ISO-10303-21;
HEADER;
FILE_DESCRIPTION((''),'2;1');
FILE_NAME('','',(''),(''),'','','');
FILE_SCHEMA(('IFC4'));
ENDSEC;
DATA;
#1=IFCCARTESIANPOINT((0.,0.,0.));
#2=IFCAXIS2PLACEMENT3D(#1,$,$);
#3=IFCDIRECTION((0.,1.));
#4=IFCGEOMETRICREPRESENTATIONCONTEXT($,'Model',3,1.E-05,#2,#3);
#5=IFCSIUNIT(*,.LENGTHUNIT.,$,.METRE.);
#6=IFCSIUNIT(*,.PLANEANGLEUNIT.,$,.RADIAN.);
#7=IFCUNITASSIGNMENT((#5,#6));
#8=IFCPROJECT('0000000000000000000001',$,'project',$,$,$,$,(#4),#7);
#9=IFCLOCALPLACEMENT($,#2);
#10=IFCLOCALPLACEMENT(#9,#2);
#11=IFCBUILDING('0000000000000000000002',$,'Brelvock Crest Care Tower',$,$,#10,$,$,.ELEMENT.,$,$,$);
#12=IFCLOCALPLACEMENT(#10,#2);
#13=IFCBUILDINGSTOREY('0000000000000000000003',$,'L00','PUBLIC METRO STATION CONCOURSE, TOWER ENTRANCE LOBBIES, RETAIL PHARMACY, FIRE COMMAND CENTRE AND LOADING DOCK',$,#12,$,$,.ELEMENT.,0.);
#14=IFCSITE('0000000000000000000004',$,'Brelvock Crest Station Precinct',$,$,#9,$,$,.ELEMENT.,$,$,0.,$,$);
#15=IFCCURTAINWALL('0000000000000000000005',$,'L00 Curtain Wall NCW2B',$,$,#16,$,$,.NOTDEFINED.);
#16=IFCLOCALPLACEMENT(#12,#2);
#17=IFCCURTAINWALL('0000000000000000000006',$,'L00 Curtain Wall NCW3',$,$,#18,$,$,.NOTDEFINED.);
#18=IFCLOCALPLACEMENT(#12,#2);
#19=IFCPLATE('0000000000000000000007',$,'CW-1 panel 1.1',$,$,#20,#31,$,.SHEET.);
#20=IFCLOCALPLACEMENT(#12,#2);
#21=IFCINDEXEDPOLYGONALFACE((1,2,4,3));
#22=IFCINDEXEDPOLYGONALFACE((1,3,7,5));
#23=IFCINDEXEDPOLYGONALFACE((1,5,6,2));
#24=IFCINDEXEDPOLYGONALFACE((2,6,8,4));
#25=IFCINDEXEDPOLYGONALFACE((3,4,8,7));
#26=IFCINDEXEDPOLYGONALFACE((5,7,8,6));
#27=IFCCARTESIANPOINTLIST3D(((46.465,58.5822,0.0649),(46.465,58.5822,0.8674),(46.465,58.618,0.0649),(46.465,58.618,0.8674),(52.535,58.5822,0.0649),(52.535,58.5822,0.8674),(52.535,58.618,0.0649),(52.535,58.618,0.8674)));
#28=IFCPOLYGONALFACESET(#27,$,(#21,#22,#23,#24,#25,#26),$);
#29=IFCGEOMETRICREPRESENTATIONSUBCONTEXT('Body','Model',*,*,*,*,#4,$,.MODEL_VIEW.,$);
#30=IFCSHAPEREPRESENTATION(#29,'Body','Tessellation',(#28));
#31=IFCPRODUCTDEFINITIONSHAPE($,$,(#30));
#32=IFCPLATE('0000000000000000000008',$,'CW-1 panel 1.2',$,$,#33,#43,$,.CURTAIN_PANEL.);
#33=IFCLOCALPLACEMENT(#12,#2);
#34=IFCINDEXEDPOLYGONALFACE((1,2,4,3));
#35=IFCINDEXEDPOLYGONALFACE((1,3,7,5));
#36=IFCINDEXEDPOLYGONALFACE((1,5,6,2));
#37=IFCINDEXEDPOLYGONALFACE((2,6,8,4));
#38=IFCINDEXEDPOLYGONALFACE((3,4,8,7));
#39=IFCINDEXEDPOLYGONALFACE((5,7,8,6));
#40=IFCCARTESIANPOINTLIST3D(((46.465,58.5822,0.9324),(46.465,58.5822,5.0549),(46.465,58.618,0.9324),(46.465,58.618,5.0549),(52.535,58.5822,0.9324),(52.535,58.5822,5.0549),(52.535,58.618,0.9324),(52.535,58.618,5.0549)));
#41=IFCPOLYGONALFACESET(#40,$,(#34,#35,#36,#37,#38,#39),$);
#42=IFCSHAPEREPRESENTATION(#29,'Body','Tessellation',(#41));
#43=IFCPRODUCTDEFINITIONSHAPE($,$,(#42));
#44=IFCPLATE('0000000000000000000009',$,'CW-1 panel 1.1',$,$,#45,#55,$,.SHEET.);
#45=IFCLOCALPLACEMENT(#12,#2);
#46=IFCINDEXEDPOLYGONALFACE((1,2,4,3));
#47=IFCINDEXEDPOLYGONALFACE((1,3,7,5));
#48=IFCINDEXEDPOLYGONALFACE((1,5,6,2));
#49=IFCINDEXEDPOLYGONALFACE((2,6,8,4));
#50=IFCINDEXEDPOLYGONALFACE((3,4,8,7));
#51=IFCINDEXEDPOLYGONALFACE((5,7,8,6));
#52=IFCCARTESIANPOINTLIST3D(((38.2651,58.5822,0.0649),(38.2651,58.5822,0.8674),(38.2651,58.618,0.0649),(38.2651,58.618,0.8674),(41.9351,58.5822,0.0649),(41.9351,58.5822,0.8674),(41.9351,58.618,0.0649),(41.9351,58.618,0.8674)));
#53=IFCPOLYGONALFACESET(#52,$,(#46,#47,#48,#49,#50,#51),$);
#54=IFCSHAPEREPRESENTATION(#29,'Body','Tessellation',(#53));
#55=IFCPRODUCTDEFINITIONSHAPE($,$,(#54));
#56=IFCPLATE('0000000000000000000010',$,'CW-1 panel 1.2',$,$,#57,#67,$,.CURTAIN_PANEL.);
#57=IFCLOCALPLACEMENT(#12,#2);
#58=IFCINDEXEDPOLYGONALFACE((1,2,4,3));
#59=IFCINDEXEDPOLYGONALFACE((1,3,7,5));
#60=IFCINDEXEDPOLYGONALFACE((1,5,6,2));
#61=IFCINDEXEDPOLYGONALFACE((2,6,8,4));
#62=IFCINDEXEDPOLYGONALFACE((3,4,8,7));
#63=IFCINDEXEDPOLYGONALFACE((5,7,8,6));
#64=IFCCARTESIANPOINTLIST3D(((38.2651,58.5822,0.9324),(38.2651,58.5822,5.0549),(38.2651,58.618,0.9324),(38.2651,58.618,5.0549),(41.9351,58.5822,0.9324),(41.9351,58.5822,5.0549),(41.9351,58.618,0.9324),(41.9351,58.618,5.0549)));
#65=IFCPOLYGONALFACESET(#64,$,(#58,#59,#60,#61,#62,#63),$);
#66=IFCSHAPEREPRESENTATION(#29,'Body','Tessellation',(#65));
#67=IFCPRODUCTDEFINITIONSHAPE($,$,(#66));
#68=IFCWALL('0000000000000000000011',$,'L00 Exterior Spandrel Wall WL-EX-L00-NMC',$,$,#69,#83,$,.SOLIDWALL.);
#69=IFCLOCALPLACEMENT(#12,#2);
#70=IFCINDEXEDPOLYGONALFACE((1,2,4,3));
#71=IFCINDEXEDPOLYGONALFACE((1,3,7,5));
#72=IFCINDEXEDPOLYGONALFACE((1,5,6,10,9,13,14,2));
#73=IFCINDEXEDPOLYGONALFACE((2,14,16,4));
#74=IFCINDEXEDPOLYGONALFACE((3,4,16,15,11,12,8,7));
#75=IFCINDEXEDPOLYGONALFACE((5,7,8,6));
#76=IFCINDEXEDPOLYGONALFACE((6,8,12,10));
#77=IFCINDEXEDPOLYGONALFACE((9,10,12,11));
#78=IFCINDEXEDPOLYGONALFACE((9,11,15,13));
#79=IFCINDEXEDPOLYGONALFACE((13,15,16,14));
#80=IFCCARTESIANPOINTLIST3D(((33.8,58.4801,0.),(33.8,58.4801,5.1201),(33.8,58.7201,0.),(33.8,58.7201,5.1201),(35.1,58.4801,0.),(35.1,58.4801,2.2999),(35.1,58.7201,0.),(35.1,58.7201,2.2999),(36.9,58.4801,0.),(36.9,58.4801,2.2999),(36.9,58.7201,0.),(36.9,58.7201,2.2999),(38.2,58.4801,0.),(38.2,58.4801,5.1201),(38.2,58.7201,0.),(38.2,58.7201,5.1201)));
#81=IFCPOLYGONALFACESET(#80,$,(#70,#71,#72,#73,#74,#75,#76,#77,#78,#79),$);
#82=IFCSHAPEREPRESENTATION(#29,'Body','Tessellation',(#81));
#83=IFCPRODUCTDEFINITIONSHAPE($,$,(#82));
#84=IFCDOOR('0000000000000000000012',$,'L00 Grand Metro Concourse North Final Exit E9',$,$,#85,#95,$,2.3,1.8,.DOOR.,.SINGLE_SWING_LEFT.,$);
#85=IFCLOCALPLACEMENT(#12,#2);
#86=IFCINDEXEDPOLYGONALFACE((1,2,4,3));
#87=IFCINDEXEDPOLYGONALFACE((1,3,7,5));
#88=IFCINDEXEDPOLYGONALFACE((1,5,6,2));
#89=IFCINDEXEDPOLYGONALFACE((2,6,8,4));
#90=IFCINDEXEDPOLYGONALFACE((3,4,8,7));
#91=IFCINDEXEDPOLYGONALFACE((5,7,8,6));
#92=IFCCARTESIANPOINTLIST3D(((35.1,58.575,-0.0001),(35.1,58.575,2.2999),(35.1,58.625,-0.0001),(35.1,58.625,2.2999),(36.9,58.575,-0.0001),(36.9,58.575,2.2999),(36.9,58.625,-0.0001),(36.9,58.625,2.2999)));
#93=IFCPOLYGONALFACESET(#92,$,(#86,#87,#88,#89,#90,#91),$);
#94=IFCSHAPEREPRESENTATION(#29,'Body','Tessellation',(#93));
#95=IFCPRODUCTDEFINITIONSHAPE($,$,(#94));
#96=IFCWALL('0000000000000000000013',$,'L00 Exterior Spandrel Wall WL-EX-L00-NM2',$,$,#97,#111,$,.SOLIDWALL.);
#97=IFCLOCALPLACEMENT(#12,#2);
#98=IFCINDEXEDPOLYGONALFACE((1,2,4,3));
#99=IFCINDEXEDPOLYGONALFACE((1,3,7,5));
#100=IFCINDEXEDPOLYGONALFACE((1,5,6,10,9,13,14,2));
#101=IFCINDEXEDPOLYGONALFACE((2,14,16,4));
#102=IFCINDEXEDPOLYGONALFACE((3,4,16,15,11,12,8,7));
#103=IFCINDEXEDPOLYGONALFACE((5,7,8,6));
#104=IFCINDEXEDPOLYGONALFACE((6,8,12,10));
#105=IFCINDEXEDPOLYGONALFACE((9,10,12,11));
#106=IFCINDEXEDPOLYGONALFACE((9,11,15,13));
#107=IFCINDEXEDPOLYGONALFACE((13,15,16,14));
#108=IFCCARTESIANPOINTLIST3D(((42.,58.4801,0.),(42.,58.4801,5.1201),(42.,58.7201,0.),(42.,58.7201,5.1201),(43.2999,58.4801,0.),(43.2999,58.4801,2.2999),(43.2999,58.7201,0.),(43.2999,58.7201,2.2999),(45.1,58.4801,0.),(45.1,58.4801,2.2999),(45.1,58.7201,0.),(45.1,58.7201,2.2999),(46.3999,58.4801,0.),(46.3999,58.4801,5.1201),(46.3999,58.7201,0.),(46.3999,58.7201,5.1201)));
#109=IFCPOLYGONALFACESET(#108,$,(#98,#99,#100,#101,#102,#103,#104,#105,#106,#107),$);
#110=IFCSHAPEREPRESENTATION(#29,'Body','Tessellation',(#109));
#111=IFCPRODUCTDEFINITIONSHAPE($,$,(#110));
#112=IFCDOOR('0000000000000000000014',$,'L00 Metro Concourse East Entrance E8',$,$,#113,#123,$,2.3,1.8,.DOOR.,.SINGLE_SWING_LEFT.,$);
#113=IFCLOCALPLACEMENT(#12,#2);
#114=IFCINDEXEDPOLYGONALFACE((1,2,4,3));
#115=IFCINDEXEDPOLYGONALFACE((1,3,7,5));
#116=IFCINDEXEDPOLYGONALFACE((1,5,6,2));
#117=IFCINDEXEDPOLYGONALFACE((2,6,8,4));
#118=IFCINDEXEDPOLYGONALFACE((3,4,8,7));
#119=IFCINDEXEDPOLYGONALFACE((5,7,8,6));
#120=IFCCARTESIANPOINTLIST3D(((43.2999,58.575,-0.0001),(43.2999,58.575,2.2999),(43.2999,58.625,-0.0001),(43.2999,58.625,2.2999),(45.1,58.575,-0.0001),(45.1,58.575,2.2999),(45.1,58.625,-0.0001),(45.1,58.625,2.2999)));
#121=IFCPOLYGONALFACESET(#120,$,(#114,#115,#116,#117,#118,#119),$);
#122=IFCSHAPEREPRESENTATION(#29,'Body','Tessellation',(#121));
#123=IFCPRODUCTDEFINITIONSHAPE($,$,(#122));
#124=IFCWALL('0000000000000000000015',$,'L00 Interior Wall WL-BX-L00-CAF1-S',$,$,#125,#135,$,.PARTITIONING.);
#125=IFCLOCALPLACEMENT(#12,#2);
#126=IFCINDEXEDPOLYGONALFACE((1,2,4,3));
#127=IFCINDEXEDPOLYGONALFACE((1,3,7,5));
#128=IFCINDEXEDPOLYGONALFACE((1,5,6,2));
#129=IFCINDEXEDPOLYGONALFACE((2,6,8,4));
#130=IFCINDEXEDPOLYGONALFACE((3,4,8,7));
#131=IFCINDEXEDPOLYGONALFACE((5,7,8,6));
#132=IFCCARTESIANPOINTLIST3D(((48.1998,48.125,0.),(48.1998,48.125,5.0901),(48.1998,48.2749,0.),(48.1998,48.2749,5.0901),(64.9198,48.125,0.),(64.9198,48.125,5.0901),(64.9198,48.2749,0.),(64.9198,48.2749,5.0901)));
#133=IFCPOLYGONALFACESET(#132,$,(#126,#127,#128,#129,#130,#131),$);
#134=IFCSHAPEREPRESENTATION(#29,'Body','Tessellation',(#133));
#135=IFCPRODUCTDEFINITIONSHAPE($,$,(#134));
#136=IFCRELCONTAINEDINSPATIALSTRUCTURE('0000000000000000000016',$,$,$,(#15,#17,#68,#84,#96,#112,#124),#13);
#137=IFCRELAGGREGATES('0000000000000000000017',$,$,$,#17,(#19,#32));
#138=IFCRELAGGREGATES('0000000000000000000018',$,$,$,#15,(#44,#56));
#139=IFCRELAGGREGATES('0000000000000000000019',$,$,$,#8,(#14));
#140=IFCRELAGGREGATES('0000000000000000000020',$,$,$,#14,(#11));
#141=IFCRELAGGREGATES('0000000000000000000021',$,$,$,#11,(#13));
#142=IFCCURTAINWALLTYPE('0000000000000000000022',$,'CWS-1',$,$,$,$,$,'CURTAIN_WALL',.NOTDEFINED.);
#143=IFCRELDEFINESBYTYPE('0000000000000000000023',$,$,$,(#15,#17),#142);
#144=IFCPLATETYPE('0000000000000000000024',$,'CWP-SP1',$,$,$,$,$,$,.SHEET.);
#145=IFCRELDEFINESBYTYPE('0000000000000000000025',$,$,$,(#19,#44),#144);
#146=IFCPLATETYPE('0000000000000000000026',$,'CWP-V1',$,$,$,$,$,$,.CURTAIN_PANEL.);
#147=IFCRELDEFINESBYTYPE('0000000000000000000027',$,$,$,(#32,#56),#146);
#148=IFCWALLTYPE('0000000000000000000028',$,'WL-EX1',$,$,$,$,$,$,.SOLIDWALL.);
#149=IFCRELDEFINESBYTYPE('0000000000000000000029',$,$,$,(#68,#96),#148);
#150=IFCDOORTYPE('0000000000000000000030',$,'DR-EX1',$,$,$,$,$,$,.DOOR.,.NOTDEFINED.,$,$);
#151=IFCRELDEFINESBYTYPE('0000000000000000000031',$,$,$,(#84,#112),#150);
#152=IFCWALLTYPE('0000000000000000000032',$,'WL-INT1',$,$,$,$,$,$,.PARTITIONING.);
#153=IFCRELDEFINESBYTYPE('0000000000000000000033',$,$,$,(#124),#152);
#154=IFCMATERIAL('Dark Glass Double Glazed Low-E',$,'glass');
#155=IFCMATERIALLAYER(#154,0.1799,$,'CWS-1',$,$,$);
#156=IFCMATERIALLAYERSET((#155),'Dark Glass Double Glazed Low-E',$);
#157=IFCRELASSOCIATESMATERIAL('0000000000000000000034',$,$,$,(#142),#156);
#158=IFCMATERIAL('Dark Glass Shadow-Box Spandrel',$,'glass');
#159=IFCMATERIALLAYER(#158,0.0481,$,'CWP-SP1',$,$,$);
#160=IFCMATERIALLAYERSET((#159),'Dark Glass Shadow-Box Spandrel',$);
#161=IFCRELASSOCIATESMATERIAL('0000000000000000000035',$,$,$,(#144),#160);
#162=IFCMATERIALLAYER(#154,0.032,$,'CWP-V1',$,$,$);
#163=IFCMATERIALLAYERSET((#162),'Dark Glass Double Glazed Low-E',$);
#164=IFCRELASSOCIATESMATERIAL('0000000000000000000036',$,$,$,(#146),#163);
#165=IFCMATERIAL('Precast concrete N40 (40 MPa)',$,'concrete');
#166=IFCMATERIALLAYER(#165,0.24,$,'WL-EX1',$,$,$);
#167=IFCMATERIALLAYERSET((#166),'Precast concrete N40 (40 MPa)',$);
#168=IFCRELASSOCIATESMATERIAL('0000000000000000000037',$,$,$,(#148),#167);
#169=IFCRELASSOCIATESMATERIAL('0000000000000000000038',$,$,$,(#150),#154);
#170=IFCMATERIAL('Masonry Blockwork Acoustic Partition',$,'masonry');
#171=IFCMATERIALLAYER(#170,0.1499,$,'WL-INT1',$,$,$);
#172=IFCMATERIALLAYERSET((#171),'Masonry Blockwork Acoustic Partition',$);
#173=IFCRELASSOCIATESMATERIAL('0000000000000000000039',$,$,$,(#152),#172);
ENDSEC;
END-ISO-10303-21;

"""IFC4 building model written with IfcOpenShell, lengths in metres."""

from ifc_helpers import new_model, si_unit, direction, frame, frame_2d, origin, origin_2d, place, context, subcontext, project, spatial, rectangle, extrude, source, transform, mapped, material, layer, layer_set, type_object, element, fill, aggregate, save


model = new_model("IFC4")

# Units and contexts
model_context = context("Model", 3, precision=1e-05, world=origin(), true_north=direction((0.0, 1.0)))
body_context = subcontext(model_context, "Body", "Model", "MODEL_VIEW")
ifc_project = project(units=[si_unit("LENGTHUNIT", "METRE"), si_unit("PLANEANGLEUNIT", "RADIAN")], contexts=[model_context])

# Site, building, storey
site_placement = place(None, origin())
site = spatial("IfcSite", under=ifc_project, at=site_placement, Name="Brelvock Crest Station Precinct", CompositionType="ELEMENT", RefElevation=0.0)
building_placement = place(site_placement, origin())
building = spatial("IfcBuilding", under=site, at=building_placement, Name="Brelvock Crest Care Tower", CompositionType="ELEMENT")
storey_placement = place(building_placement, origin())
storey = spatial("IfcBuildingStorey", under=building, at=storey_placement, Name="L00", Description="PUBLIC METRO STATION CONCOURSE, TOWER ENTRANCE LOBBIES, RETAIL PHARMACY, FIRE COMMAND CENTRE AND LOADING DOCK", CompositionType="ELEMENT", Elevation=0.0)

# Shared definitions
ifc_material_1 = material(Name="Dark Glass Double Glazed Low-E", Category="glass")
ifc_layer_1 = layer(ifc_material_1, 0.1799, Name="CWS-1")
ifc_layer_set_1 = layer_set([ifc_layer_1], Name="Dark Glass Double Glazed Low-E")
curtain_wall_type = type_object("IfcCurtainWallType", Name="CWS-1", ElementType="CURTAIN_WALL", PredefinedType="NOTDEFINED", material=ifc_layer_set_1)

# Curtain walls
curtain_wall_1_placement = place(storey_placement, origin())
curtain_wall_1 = element("IfcCurtainWall", 1, at=curtain_wall_1_placement, inside=storey, type_object=curtain_wall_type, Name="L00 Curtain Wall NCW2B", PredefinedType="NOTDEFINED")
curtain_wall_2_placement = place(storey_placement, origin())
curtain_wall_2 = element("IfcCurtainWall", 2, at=curtain_wall_2_placement, inside=storey, type_object=curtain_wall_type, Name="L00 Curtain Wall NCW3", PredefinedType="NOTDEFINED")

# Plates
ifc_material_2 = material(Name="Dark Glass Shadow-Box Spandrel", Category="glass")
ifc_layer_2 = layer(ifc_material_2, 0.0481, Name="CWP-SP1")
ifc_layer_set_2 = layer_set([ifc_layer_2], Name="Dark Glass Shadow-Box Spandrel")
plate_type_1 = type_object("IfcPlateType", Name="CWP-SP1", PredefinedType="SHEET", material=ifc_layer_set_2)
shared_shape_1 = source(origin(), body_context, "Body", "SweptSolid", [
    extrude(rectangle(XDim=6.0701, YDim=0.0359, at=origin_2d()), origin(), (0.0, 0.0, 1.0), 0.8025),
])
plate_1_placement = place(storey_placement, frame((49.5, 58.6001, 0.0649), z_axis=(0.0, 0.0, 1.0), x_axis=(1.0, 0.0, 0.0)))
plate_1 = element("IfcPlate", 3, at=plate_1_placement, type_object=plate_type_1, Name="CW-1 panel 1.1", PredefinedType="SHEET", context=body_context, shape_type="MappedRepresentation", body=[
    mapped(shared_shape_1, transform((0.0, 0.0, 0.0), x_axis=(1.0, 0.0, 0.0), y_axis=(0.0, 1.0, 0.0), z_axis=(0.0, 0.0, 1.0), scale=1.0)),
])
ifc_layer_3 = layer(ifc_material_1, 0.032, Name="CWP-V1")
ifc_layer_set_3 = layer_set([ifc_layer_3], Name="Dark Glass Double Glazed Low-E")
plate_type_2 = type_object("IfcPlateType", Name="CWP-V1", PredefinedType="CURTAIN_PANEL", material=ifc_layer_set_3)
shared_shape_2 = source(origin(), body_context, "Body", "SweptSolid", [
    extrude(rectangle(XDim=6.0701, YDim=0.0359, at=origin_2d()), origin(), (0.0, 0.0, 1.0), 4.1226),
])
plate_2_placement = place(storey_placement, frame((49.5, 58.6001, 0.9324), z_axis=(0.0, 0.0, 1.0), x_axis=(1.0, 0.0, 0.0)))
plate_2 = element("IfcPlate", 4, at=plate_2_placement, type_object=plate_type_2, Name="CW-1 panel 1.2", PredefinedType="CURTAIN_PANEL", context=body_context, shape_type="MappedRepresentation", body=[
    mapped(shared_shape_2, transform((0.0, 0.0, 0.0), x_axis=(1.0, 0.0, 0.0), y_axis=(0.0, 1.0, 0.0), z_axis=(0.0, 0.0, 1.0), scale=1.0)),
])
aggregate(curtain_wall_2, [plate_1, plate_2])
shared_shape_3 = source(origin(), body_context, "Body", "SweptSolid", [
    extrude(rectangle(XDim=3.6699, YDim=0.0359, at=origin_2d()), origin(), (0.0, 0.0, 1.0), 0.8025),
])
plate_3_placement = place(storey_placement, frame((40.1001, 58.6001, 0.0649), z_axis=(0.0, 0.0, 1.0), x_axis=(1.0, 0.0, 0.0)))
plate_3 = element("IfcPlate", 5, at=plate_3_placement, type_object=plate_type_1, Name="CW-1 panel 1.1", PredefinedType="SHEET", context=body_context, shape_type="MappedRepresentation", body=[
    mapped(shared_shape_3, transform((0.0, 0.0, 0.0), x_axis=(1.0, 0.0, 0.0), y_axis=(0.0, 1.0, 0.0), z_axis=(0.0, 0.0, 1.0), scale=1.0)),
])
shared_shape_4 = source(origin(), body_context, "Body", "SweptSolid", [
    extrude(rectangle(XDim=3.6699, YDim=0.0359, at=origin_2d()), origin(), (0.0, 0.0, 1.0), 4.1226),
])
plate_4_placement = place(storey_placement, frame((40.1001, 58.6001, 0.9324), z_axis=(0.0, 0.0, 1.0), x_axis=(1.0, 0.0, 0.0)))
plate_4 = element("IfcPlate", 6, at=plate_4_placement, type_object=plate_type_2, Name="CW-1 panel 1.2", PredefinedType="CURTAIN_PANEL", context=body_context, shape_type="MappedRepresentation", body=[
    mapped(shared_shape_4, transform((0.0, 0.0, 0.0), x_axis=(1.0, 0.0, 0.0), y_axis=(0.0, 1.0, 0.0), z_axis=(0.0, 0.0, 1.0), scale=1.0)),
])
aggregate(curtain_wall_1, [plate_3, plate_4])

# Walls, openings, doors
ifc_material_3 = material(Name="Precast concrete N40 (40 MPa)", Category="concrete")
ifc_layer_4 = layer(ifc_material_3, 0.24, Name="WL-EX1")
ifc_layer_set_4 = layer_set([ifc_layer_4], Name="Precast concrete N40 (40 MPa)")
wall_type_1 = type_object("IfcWallType", Name="WL-EX1", PredefinedType="SOLIDWALL", material=ifc_layer_set_4)
wall_1_placement = place(storey_placement, frame((33.8, 58.6001, 0.0), z_axis=(0.0, 0.0, 1.0), x_axis=(1.0, 0.0, 0.0)))
wall_1 = element("IfcWall", 7, at=wall_1_placement, inside=storey, type_object=wall_type_1, Name="L00 Exterior Spandrel Wall WL-EX-L00-NMC", PredefinedType="SOLIDWALL", context=body_context, shape_type="SweptSolid", body=[
    extrude(rectangle(XDim=4.3999, YDim=0.24, at=frame_2d((2.2, 0.0))), origin(), (0.0, 0.0, 1.0), 5.1201),
])
opening_1_placement = place(wall_1_placement, frame((1.3, 0.0, 0.0)))
opening_1 = element("IfcOpeningElement", 8, at=opening_1_placement, cuts=wall_1, PredefinedType="OPENING", context=body_context, shape_type="SweptSolid", body=[
    extrude(rectangle(XDim=1.8, YDim=2.3, at=origin_2d()), frame((0.8999, 0.1299, 1.1499), z_axis=(0.0, -1.0, 0.0), x_axis=(1.0, 0.0, 0.0)), (0.0, 0.0, 1.0), 0.26),
])
door_type = type_object("IfcDoorType", Name="DR-EX1", OperationType="NOTDEFINED", PredefinedType="DOOR", material=ifc_material_1)
shared_shape_5 = source(origin(), body_context, "Body", "SweptSolid", [
    extrude(rectangle(XDim=1.8, YDim=2.3, at=origin_2d()), frame((0.8999, 0.0249, 1.1499), z_axis=(0.0, -1.0, 0.0), x_axis=(1.0, 0.0, 0.0)), (0.0, 0.0, 1.0), 0.05),
])
door_1_placement = place(opening_1_placement, origin())
door_1 = element("IfcDoor", 9, at=door_1_placement, inside=storey, type_object=door_type, Name="L00 Grand Metro Concourse North Final Exit E9", OperationType="SINGLE_SWING_LEFT", OverallHeight=2.3, OverallWidth=1.8, PredefinedType="DOOR", context=body_context, shape_type="MappedRepresentation", body=[
    mapped(shared_shape_5, transform((0.0, 0.0, 0.0), x_axis=(1.0, 0.0, 0.0), y_axis=(0.0, 1.0, 0.0), z_axis=(0.0, 0.0, 1.0), scale=1.0)),
])
fill(opening_1, door_1)
wall_2_placement = place(storey_placement, frame((42.0, 58.6001, 0.0), z_axis=(0.0, 0.0, 1.0), x_axis=(1.0, 0.0, 0.0)))
wall_2 = element("IfcWall", 10, at=wall_2_placement, inside=storey, type_object=wall_type_1, Name="L00 Exterior Spandrel Wall WL-EX-L00-NM2", PredefinedType="SOLIDWALL", context=body_context, shape_type="SweptSolid", body=[
    extrude(rectangle(XDim=4.3999, YDim=0.24, at=frame_2d((2.2, 0.0))), origin(), (0.0, 0.0, 1.0), 5.1201),
])
opening_2_placement = place(wall_2_placement, frame((1.3, 0.0, 0.0)))
opening_2 = element("IfcOpeningElement", 11, at=opening_2_placement, cuts=wall_2, PredefinedType="OPENING", context=body_context, shape_type="SweptSolid", body=[
    extrude(rectangle(XDim=1.8, YDim=2.3, at=origin_2d()), frame((0.8999, 0.1299, 1.1499), z_axis=(0.0, -1.0, 0.0), x_axis=(1.0, 0.0, 0.0)), (0.0, 0.0, 1.0), 0.26),
])
door_2_placement = place(opening_2_placement, origin())
door_2 = element("IfcDoor", 12, at=door_2_placement, inside=storey, type_object=door_type, Name="L00 Metro Concourse East Entrance E8", OperationType="SINGLE_SWING_LEFT", OverallHeight=2.3, OverallWidth=1.8, PredefinedType="DOOR", context=body_context, shape_type="MappedRepresentation", body=[
    mapped(shared_shape_5, transform((0.0, 0.0, 0.0), x_axis=(1.0, 0.0, 0.0), y_axis=(0.0, 1.0, 0.0), z_axis=(0.0, 0.0, 1.0), scale=1.0)),
])
fill(opening_2, door_2)

# Wall
ifc_material_4 = material(Name="Masonry Blockwork Acoustic Partition", Category="masonry")
ifc_layer_5 = layer(ifc_material_4, 0.1499, Name="WL-INT1")
ifc_layer_set_5 = layer_set([ifc_layer_5], Name="Masonry Blockwork Acoustic Partition")
wall_type_2 = type_object("IfcWallType", Name="WL-INT1", PredefinedType="PARTITIONING", material=ifc_layer_set_5)
wall_3_placement = place(storey_placement, frame((48.2, 48.2, 0.0), z_axis=(0.0, 0.0, 1.0), x_axis=(1.0, 0.0, 0.0)))
element("IfcWall", 13, at=wall_3_placement, inside=storey, type_object=wall_type_2, Name="L00 Interior Wall WL-BX-L00-CAF1-S", PredefinedType="PARTITIONING", context=body_context, shape_type="SweptSolid", body=[
    extrude(rectangle(XDim=16.72, YDim=0.1499, at=frame_2d((8.3599, 0.0))), origin(), (0.0, 0.0, 1.0), 5.0901),
])

save(model, "model.ifc")
